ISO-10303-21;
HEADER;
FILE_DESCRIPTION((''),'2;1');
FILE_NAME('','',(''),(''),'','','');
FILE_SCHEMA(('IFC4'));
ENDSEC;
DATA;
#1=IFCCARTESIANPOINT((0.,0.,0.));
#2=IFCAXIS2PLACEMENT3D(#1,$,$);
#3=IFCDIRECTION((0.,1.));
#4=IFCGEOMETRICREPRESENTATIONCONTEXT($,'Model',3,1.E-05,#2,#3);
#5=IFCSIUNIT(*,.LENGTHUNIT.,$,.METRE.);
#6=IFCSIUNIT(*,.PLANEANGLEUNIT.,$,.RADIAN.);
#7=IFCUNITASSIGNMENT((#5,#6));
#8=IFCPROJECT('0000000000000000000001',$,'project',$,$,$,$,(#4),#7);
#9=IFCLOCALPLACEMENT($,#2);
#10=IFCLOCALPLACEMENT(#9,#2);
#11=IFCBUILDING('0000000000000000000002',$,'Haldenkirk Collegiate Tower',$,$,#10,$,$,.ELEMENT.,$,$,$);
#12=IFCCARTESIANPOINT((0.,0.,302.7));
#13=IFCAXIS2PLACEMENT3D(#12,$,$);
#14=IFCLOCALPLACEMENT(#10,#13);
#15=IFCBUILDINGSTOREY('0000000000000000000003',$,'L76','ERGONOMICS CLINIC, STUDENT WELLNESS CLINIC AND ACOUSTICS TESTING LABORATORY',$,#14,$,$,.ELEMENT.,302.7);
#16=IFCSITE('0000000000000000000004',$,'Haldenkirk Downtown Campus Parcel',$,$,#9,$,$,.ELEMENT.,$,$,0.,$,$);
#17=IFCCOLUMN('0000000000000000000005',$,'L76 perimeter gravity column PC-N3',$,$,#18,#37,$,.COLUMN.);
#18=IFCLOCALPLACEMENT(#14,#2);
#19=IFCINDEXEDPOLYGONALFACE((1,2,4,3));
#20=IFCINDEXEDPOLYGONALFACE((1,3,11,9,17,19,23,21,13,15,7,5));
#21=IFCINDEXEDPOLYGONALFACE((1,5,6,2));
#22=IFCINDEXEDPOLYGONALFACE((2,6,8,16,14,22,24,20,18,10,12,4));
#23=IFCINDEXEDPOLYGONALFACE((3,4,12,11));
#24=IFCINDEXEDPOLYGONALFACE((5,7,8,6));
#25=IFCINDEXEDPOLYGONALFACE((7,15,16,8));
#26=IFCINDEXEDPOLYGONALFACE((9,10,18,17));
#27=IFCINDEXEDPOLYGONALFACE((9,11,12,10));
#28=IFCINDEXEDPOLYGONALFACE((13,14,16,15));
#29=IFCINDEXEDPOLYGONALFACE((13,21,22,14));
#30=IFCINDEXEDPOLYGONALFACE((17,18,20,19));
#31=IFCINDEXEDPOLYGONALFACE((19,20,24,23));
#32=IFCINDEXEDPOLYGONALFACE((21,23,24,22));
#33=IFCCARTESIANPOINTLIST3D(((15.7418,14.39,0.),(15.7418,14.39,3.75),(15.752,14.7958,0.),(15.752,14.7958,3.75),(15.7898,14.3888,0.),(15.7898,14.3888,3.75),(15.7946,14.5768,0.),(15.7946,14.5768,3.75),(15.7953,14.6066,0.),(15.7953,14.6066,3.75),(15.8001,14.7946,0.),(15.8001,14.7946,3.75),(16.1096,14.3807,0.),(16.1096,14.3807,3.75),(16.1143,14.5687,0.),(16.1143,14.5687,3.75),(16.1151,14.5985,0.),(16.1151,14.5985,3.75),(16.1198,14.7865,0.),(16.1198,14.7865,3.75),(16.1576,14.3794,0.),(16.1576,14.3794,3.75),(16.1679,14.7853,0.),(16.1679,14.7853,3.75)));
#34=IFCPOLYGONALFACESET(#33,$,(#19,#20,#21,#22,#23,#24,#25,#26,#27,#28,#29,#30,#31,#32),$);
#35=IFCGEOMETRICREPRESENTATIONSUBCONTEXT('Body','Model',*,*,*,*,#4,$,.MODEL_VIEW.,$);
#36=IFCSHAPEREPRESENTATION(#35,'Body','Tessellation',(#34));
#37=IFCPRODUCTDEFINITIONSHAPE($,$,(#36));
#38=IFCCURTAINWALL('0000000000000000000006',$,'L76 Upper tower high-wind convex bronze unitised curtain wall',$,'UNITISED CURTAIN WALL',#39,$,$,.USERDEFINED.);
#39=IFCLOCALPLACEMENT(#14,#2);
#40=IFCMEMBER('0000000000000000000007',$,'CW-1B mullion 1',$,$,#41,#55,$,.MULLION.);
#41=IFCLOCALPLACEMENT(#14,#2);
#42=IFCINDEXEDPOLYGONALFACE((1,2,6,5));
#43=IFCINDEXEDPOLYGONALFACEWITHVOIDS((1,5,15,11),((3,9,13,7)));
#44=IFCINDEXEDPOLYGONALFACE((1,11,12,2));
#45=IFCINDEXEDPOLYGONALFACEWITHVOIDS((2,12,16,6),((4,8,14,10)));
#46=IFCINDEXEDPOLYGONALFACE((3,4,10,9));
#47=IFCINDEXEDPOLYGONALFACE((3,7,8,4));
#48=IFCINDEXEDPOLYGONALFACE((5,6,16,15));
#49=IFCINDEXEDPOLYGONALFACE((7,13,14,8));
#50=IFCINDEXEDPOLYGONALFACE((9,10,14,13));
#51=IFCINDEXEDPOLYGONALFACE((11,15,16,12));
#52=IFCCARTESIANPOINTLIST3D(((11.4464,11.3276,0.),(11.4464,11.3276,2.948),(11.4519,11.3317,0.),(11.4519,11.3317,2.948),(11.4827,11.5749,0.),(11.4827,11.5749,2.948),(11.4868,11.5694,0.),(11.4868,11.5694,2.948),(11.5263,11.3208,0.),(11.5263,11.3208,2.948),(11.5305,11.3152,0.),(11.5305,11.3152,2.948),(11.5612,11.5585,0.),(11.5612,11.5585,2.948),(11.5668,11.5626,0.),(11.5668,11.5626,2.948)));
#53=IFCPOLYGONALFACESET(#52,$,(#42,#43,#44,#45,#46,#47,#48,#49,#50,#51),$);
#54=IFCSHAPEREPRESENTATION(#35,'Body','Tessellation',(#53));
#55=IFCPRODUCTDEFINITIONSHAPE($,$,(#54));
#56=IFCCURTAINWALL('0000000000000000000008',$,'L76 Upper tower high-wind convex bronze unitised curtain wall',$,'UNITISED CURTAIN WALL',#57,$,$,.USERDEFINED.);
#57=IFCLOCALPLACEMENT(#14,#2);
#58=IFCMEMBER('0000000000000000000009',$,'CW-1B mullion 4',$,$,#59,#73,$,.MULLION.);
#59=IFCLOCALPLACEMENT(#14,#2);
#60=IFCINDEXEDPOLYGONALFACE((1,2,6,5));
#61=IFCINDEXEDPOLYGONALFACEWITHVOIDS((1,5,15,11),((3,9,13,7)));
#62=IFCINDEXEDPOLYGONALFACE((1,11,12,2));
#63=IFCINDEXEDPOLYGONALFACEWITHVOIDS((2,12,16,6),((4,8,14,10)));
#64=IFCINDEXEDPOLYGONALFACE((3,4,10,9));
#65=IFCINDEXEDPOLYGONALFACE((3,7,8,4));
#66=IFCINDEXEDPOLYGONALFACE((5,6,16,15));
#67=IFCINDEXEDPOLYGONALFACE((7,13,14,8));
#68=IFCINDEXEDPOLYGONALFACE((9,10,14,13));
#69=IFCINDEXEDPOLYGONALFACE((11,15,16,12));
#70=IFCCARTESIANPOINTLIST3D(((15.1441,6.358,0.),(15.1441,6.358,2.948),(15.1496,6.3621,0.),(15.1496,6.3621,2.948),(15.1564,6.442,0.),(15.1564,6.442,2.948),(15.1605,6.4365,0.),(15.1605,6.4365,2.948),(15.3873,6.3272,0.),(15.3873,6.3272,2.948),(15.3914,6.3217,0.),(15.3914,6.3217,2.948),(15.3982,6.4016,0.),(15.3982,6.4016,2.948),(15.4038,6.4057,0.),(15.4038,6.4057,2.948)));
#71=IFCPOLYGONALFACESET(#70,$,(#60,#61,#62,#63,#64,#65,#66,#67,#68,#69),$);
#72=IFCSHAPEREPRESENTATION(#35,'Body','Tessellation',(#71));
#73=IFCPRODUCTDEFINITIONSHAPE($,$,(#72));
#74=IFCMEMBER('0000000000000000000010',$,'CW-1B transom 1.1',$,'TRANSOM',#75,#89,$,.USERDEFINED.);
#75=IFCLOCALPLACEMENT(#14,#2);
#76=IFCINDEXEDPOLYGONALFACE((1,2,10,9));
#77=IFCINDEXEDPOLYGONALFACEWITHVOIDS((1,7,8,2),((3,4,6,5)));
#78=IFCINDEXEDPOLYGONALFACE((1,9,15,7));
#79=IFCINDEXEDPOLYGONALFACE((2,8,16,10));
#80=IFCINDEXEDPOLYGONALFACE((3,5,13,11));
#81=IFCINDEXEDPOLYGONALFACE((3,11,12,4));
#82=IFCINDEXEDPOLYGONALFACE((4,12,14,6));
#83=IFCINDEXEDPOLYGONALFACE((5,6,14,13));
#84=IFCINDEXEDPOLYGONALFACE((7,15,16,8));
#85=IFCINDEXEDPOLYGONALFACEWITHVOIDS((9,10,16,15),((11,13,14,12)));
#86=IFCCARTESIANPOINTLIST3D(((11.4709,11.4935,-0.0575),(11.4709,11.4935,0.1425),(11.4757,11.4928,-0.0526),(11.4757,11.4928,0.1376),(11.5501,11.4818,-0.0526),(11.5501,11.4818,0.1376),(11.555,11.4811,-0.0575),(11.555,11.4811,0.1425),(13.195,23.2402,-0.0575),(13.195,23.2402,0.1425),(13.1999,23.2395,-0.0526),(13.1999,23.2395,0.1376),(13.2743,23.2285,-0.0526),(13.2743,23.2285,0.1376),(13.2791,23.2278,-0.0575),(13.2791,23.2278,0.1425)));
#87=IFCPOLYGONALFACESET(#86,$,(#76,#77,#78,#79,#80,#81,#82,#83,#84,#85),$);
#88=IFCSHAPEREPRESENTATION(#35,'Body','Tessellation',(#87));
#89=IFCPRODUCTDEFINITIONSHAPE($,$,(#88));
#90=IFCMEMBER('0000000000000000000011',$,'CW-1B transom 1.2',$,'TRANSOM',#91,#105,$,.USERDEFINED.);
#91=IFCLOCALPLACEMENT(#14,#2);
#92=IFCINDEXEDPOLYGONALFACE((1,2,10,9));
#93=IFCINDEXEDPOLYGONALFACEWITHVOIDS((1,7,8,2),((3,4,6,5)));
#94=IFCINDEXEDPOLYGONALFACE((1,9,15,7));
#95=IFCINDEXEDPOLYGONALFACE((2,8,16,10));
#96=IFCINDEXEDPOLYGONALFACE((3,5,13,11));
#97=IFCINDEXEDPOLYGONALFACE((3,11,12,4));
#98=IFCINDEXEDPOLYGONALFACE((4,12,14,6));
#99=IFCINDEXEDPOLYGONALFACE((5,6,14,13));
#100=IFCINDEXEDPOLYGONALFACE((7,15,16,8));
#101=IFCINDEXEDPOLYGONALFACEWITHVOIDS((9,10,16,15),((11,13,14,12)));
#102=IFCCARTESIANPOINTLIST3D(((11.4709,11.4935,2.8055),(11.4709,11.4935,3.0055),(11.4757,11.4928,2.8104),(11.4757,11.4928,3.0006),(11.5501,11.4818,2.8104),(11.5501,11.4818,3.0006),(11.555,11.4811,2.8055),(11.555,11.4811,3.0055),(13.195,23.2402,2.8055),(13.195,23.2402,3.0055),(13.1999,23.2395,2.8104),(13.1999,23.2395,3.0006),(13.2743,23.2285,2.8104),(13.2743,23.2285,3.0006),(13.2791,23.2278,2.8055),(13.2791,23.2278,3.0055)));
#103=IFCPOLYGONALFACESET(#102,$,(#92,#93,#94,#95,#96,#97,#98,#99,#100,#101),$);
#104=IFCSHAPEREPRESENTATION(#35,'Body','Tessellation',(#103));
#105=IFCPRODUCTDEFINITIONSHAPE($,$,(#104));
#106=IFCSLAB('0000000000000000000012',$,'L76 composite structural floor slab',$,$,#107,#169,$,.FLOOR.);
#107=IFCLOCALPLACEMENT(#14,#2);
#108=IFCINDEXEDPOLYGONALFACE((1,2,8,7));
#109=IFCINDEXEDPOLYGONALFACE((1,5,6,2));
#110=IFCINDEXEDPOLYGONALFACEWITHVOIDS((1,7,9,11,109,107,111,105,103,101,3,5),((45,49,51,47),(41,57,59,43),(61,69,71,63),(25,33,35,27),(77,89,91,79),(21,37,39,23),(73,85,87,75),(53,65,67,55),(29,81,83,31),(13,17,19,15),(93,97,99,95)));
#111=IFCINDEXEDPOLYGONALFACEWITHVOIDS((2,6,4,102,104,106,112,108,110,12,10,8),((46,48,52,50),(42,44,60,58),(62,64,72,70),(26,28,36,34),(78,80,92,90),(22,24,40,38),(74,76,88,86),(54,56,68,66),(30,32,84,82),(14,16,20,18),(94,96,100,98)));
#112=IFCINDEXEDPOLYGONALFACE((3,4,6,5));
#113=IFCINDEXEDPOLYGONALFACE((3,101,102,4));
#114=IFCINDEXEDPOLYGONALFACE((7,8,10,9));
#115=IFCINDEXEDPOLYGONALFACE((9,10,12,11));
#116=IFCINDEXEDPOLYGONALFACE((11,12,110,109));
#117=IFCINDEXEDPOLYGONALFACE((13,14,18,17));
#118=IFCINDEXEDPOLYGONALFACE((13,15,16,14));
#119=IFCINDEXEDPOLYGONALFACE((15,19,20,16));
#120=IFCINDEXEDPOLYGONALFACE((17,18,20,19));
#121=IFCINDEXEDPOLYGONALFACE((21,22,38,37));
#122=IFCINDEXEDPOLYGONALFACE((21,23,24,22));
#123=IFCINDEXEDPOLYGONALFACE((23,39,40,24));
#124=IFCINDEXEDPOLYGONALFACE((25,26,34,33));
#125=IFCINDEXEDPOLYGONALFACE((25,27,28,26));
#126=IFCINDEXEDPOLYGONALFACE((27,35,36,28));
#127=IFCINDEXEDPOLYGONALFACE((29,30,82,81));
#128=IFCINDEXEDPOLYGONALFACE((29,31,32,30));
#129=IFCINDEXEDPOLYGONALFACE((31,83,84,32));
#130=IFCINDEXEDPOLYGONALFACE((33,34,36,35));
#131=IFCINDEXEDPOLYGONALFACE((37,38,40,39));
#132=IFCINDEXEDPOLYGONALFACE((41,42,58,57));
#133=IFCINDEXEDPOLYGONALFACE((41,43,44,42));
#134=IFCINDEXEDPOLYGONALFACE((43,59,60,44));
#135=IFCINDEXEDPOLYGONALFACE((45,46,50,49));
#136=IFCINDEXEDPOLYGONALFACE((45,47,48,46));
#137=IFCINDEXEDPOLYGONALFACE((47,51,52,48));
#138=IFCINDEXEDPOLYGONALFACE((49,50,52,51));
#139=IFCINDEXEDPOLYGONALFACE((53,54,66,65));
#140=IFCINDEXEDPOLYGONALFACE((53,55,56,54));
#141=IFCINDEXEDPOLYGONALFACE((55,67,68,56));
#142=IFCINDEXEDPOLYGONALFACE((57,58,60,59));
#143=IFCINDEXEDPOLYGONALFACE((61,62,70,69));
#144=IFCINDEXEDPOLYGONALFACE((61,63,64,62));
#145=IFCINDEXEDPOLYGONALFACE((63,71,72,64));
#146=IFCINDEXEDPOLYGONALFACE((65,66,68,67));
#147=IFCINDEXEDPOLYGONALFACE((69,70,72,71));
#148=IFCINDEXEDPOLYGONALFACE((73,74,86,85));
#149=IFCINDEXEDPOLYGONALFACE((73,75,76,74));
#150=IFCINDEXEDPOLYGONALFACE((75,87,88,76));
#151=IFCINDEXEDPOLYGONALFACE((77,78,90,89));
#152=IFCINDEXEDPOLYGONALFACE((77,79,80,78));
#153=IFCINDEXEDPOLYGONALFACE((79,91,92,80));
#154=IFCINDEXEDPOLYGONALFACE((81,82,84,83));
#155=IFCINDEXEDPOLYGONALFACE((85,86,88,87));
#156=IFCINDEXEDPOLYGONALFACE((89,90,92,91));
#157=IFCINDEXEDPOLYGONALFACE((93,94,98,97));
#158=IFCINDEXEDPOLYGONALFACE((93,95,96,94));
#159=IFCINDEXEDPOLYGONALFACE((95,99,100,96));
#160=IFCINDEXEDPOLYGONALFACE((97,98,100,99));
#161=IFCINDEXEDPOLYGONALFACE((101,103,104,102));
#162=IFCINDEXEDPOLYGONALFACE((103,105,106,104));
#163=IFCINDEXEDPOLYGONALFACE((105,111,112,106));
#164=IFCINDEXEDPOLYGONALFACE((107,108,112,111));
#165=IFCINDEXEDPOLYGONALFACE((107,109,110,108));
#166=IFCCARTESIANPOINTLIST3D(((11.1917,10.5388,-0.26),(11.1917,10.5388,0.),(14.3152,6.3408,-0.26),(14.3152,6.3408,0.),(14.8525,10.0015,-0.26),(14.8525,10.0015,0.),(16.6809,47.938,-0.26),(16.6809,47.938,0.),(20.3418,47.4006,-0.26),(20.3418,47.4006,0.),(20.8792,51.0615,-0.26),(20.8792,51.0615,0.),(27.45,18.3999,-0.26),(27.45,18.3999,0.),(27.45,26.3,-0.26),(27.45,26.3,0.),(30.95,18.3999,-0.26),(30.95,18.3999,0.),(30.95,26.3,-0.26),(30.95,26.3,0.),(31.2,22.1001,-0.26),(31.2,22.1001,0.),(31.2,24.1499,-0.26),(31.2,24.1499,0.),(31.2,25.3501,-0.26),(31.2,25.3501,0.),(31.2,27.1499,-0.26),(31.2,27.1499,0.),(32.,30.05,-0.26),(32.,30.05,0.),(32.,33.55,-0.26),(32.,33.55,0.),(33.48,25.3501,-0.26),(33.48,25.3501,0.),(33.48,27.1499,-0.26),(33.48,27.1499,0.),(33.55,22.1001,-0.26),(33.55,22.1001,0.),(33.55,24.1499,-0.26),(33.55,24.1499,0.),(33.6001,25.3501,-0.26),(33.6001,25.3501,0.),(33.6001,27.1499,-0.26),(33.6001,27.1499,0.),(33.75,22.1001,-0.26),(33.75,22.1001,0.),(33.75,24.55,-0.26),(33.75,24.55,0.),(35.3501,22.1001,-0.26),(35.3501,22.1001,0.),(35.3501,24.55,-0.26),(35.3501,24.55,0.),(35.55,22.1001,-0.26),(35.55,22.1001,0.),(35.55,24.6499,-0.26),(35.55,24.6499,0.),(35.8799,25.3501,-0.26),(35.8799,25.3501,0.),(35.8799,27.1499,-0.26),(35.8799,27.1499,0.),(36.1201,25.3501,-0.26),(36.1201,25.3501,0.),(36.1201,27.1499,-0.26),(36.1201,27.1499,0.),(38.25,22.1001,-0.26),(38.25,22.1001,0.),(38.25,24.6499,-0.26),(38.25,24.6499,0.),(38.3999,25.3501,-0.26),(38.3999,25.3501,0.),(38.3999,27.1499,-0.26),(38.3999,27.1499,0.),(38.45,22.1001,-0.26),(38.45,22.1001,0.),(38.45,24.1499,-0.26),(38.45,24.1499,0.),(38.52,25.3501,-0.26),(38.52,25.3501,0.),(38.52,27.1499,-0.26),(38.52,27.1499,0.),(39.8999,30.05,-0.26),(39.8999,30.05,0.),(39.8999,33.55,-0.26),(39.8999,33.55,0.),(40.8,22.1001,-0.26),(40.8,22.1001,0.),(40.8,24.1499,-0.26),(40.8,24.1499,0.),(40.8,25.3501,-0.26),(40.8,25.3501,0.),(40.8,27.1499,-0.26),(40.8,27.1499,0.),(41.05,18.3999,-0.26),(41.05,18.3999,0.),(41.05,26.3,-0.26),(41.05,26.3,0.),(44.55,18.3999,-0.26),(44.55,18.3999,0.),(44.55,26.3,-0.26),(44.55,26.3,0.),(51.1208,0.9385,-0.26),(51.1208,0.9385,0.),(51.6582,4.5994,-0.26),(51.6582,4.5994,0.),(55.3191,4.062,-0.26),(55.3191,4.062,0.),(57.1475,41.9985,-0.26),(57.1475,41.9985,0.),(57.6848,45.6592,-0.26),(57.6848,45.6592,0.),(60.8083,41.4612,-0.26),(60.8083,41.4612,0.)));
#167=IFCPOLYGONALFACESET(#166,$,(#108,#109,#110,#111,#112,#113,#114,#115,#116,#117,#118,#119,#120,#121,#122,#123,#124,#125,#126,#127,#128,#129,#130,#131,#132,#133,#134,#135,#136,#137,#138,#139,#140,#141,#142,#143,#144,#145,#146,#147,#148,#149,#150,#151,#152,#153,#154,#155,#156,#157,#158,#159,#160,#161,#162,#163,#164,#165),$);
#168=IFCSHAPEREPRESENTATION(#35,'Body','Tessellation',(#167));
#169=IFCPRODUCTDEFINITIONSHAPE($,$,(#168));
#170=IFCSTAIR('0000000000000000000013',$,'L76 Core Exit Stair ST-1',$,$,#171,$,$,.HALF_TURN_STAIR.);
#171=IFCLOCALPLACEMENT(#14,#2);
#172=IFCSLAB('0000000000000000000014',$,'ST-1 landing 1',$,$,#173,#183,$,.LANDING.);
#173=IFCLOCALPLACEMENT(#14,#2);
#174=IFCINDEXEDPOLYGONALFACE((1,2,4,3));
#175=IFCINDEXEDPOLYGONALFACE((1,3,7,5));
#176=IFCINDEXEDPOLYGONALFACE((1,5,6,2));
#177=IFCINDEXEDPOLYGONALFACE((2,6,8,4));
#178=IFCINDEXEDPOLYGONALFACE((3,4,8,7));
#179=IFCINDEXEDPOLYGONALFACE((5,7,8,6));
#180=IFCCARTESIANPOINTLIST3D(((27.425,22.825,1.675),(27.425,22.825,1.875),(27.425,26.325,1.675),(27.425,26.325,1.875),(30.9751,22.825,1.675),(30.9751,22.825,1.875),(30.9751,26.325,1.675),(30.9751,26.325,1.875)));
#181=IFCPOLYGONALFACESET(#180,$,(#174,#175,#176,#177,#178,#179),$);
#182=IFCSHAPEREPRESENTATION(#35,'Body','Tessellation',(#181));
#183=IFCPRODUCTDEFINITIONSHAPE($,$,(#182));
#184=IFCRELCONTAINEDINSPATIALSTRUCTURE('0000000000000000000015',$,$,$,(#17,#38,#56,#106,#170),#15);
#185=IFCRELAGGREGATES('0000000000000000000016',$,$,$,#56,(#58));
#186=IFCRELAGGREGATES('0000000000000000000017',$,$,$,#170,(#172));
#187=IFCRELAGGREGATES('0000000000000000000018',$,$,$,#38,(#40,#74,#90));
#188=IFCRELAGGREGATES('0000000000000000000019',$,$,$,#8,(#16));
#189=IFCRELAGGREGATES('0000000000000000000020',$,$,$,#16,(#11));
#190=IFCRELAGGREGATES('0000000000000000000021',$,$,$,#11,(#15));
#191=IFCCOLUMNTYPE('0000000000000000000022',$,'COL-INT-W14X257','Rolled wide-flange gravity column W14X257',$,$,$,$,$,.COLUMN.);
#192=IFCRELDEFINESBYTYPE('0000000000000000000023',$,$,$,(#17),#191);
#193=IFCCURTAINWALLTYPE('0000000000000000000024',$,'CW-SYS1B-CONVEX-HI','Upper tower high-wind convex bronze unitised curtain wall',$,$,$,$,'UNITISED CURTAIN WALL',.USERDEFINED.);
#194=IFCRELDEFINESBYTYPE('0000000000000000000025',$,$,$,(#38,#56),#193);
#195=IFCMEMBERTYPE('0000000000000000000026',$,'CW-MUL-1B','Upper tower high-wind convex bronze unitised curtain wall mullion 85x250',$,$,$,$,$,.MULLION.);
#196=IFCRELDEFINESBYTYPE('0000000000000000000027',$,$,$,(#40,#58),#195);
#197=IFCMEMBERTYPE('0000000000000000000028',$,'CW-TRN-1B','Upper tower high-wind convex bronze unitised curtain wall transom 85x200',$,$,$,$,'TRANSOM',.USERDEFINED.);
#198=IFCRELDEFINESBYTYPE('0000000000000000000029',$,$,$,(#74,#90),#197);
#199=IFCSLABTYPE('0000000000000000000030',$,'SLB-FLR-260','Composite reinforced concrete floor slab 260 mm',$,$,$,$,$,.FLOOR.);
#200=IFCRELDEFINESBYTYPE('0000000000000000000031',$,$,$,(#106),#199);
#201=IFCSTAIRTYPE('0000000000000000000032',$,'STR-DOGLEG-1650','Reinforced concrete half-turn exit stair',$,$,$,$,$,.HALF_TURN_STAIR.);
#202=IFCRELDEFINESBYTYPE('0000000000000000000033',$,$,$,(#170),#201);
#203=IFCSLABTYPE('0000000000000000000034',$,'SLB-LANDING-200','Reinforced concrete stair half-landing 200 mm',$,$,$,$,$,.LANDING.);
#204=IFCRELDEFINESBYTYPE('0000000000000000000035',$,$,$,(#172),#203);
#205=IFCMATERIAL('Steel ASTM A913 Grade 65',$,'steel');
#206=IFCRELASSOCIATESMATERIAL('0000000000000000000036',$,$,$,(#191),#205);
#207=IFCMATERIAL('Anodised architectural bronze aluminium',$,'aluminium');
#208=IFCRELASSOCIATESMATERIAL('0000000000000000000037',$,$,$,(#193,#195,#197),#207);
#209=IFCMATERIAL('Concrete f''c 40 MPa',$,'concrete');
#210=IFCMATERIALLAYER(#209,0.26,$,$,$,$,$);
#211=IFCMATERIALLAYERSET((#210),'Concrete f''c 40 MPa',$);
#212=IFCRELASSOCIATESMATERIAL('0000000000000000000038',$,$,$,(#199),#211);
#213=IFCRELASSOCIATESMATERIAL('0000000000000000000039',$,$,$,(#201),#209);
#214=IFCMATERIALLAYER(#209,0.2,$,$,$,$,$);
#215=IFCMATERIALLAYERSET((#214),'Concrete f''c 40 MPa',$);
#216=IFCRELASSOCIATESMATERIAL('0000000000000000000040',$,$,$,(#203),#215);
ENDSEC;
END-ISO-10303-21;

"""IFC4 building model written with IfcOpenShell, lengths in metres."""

from ifc_helpers import new_model, si_unit, direction, frame, origin, origin_2d, place, context, subcontext, project, spatial, polyline, hollow_rectangle, i_section, outline, extrude, material, layer, layer_set, material_profile, profile_set, type_object, element, aggregate, save


model = new_model("IFC4")

# Units and contexts
model_context = context("Model", 3, precision=1e-05, world=origin(), true_north=direction((0.0, 1.0)))
body_context = subcontext(model_context, "Body", "Model", "MODEL_VIEW")
ifc_project = project(units=[si_unit("LENGTHUNIT", "METRE"), si_unit("PLANEANGLEUNIT", "RADIAN")], contexts=[model_context])

# Site, building, storey
site_placement = place(None, origin())
site = spatial("IfcSite", under=ifc_project, at=site_placement, Name="Haldenkirk Downtown Campus Parcel", CompositionType="ELEMENT", RefElevation=0.0)
building_placement = place(site_placement, origin())
building = spatial("IfcBuilding", under=site, at=building_placement, Name="Haldenkirk Collegiate Tower", CompositionType="ELEMENT")
storey_placement = place(building_placement, frame((0.0, 0.0, 302.7)))
storey = spatial("IfcBuildingStorey", under=building, at=storey_placement, Name="L76", Description="ERGONOMICS CLINIC, STUDENT WELLNESS CLINIC AND ACOUSTICS TESTING LABORATORY", CompositionType="ELEMENT", Elevation=302.7)

# Column
ifc_material_1 = material(Name="Steel ASTM A913 Grade 65", Category="steel")
ifc_material_profile_1 = material_profile(ifc_material_1, i_section(OverallWidth=0.406, OverallDepth=0.416, WebThickness=0.0298, FlangeThickness=0.0481, at=origin_2d()), Name="W14X257")
ifc_profile_set_1 = profile_set([ifc_material_profile_1], Name="Steel ASTM A913 Grade 65")
column_type = type_object("IfcColumnType", Name="COL-INT-W14X257", Description="Rolled wide-flange gravity column W14X257", PredefinedType="COLUMN", material=ifc_profile_set_1)
column_placement = place(storey_placement, frame((15.9548, 14.5876, 0.0), z_axis=(0.0, 0.0, 1.0), x_axis=(0.025305, 0.99968, 0.0)))
element("IfcColumn", 1, at=column_placement, inside=storey, type_object=column_type, Name="L76 perimeter gravity column PC-N3", PredefinedType="COLUMN", context=body_context, shape_type="SweptSolid", body=[
    extrude(i_section(OverallWidth=0.406, OverallDepth=0.416, WebThickness=0.0298, FlangeThickness=0.0481, at=origin_2d()), origin(), (0.0, 0.0, 1.0), 3.75),
])

# Curtain walls, members
ifc_material_2 = material(Name="Anodised architectural bronze aluminium", Category="aluminium")
curtain_wall_type = type_object("IfcCurtainWallType", Name="CW-SYS1B-CONVEX-HI", Description="Upper tower high-wind convex bronze unitised curtain wall", ElementType="UNITISED CURTAIN WALL", PredefinedType="USERDEFINED", material=ifc_material_2)
curtain_wall_1_placement = place(storey_placement, origin())
curtain_wall_1 = element("IfcCurtainWall", 2, at=curtain_wall_1_placement, inside=storey, type_object=curtain_wall_type, Name="L76 Upper tower high-wind convex bronze unitised curtain wall", ObjectType="UNITISED CURTAIN WALL", PredefinedType="USERDEFINED")
ifc_material_profile_2 = material_profile(ifc_material_2, hollow_rectangle(XDim=0.085, YDim=0.25, WallThickness=0.0049, at=origin_2d()), Name="CW-MUL-1B")
ifc_profile_set_2 = profile_set([ifc_material_profile_2], Name="Anodised architectural bronze aluminium")
member_type_1 = type_object("IfcMemberType", Name="CW-MUL-1B", Description="Upper tower high-wind convex bronze unitised curtain wall mullion 85x250", PredefinedType="MULLION", material=ifc_profile_set_2)
member_1_placement = place(storey_placement, frame((11.5066, 11.4451, 0.0), z_axis=(0.0, 0.0, 1.0), x_axis=(-0.989399, 0.14522, 0.0)))
member_1 = element("IfcMember", 3, at=member_1_placement, type_object=member_type_1, Name="CW-1B mullion 1", PredefinedType="MULLION", context=body_context, shape_type="SweptSolid", body=[
    extrude(hollow_rectangle(XDim=0.085, YDim=0.25, WallThickness=0.0049, at=origin_2d()), origin(), (0.0, 0.0, 1.0), 2.948),
])
curtain_wall_2_placement = place(storey_placement, origin())
curtain_wall_2 = element("IfcCurtainWall", 4, at=curtain_wall_2_placement, inside=storey, type_object=curtain_wall_type, Name="L76 Upper tower high-wind convex bronze unitised curtain wall", ObjectType="UNITISED CURTAIN WALL", PredefinedType="USERDEFINED")
member_2_placement = place(storey_placement, frame((15.2739, 6.3818, 0.0), z_axis=(0.0, 0.0, 1.0), x_axis=(-0.14522, -0.989399, 0.0)))
member_2 = element("IfcMember", 5, at=member_2_placement, type_object=member_type_1, Name="CW-1B mullion 4", PredefinedType="MULLION", context=body_context, shape_type="SweptSolid", body=[
    extrude(hollow_rectangle(XDim=0.085, YDim=0.25, WallThickness=0.0049, at=origin_2d()), origin(), (0.0, 0.0, 1.0), 2.948),
])
aggregate(curtain_wall_2, [member_2])

# Members
ifc_material_profile_3 = material_profile(ifc_material_2, hollow_rectangle(XDim=0.085, YDim=0.2, WallThickness=0.0049, at=origin_2d()), Name="CW-TRN-1B")
ifc_profile_set_3 = profile_set([ifc_material_profile_3], Name="Anodised architectural bronze aluminium")
member_type_2 = type_object("IfcMemberType", Name="CW-TRN-1B", Description="Upper tower high-wind convex bronze unitised curtain wall transom 85x200", ElementType="TRANSOM", PredefinedType="USERDEFINED", material=ifc_profile_set_3)
member_3_placement = place(storey_placement, frame((11.5129, 11.4873, 0.0425), z_axis=(0.14522, 0.989399, 0.0), x_axis=(-0.989399, 0.14522, 0.0)))
member_3 = element("IfcMember", 6, at=member_3_placement, type_object=member_type_2, Name="CW-1B transom 1.1", ObjectType="TRANSOM", PredefinedType="USERDEFINED", context=body_context, shape_type="SweptSolid", body=[
    extrude(hollow_rectangle(XDim=0.085, YDim=0.2, WallThickness=0.0049, at=origin_2d()), origin(), (0.0, 0.0, 1.0), 11.8726),
])
member_4_placement = place(storey_placement, frame((11.5129, 11.4873, 2.9055), z_axis=(0.14522, 0.989399, 0.0), x_axis=(-0.989399, 0.14522, 0.0)))
member_4 = element("IfcMember", 7, at=member_4_placement, type_object=member_type_2, Name="CW-1B transom 1.2", ObjectType="TRANSOM", PredefinedType="USERDEFINED", context=body_context, shape_type="SweptSolid", body=[
    extrude(hollow_rectangle(XDim=0.085, YDim=0.2, WallThickness=0.0049, at=origin_2d()), origin(), (0.0, 0.0, 1.0), 11.8726),
])

# Slab
ifc_material_3 = material(Name="Concrete f'c 40 MPa", Category="concrete")
ifc_layer_1 = layer(ifc_material_3, 0.26)
ifc_layer_set_1 = layer_set([ifc_layer_1], Name="Concrete f'c 40 MPa")
slab_type_1 = type_object("IfcSlabType", Name="SLB-FLR-260", Description="Composite reinforced concrete floor slab 260 mm", PredefinedType="FLOOR", material=ifc_layer_set_1)
slab_1_placement = place(storey_placement, frame((0.0, 0.0, -0.26)))
element("IfcSlab", 8, at=slab_1_placement, inside=storey, type_object=slab_type_1, Name="L76 composite structural floor slab", PredefinedType="FLOOR", context=body_context, shape_type="SweptSolid", body=[
    extrude(outline(polyline([(55.3191, 4.062), (60.8083, 41.4612), (57.1475, 41.9985), (57.6848, 45.6592), (20.8792, 51.0615), (20.3418, 47.4006), (16.6809, 47.938), (11.1917, 10.5388), (14.8525, 10.0015), (14.3152, 6.3408), (51.1208, 0.9385), (51.6582, 4.5994), (55.3191, 4.062)]), holes=[polyline([(27.45, 18.3999), (30.95, 18.3999), (30.95, 26.3), (27.45, 26.3), (27.45, 18.3999)]), polyline([(41.05, 18.3999), (44.55, 18.3999), (44.55, 26.3), (41.05, 26.3), (41.05, 18.3999)]), polyline([(32.0, 30.05), (39.8999, 30.05), (39.8999, 33.55), (32.0, 33.55), (32.0, 30.05)]), polyline([(33.75, 22.1001), (35.3501, 22.1001), (35.3501, 24.55), (33.75, 24.55), (33.75, 22.1001)]), polyline([(31.2, 25.3501), (33.48, 25.3501), (33.48, 27.1499), (31.2, 27.1499), (31.2, 25.3501)]), polyline([(33.6001, 25.3501), (35.8799, 25.3501), (35.8799, 27.1499), (33.6001, 27.1499), (33.6001, 25.3501)]), polyline([(36.1201, 25.3501), (38.3999, 25.3501), (38.3999, 27.1499), (36.1201, 27.1499), (36.1201, 25.3501)]), polyline([(38.52, 25.3501), (40.8, 25.3501), (40.8, 27.1499), (38.52, 27.1499), (38.52, 25.3501)]), polyline([(31.2, 22.1001), (33.55, 22.1001), (33.55, 24.1499), (31.2, 24.1499), (31.2, 22.1001)]), polyline([(38.45, 22.1001), (40.8, 22.1001), (40.8, 24.1499), (38.45, 24.1499), (38.45, 22.1001)]), polyline([(35.55, 22.1001), (38.25, 22.1001), (38.25, 24.6499), (35.55, 24.6499), (35.55, 22.1001)])]), origin(), (0.0, 0.0, 1.0), 0.26),
])

# Stair, slab
stair_type = type_object("IfcStairType", Name="STR-DOGLEG-1650", Description="Reinforced concrete half-turn exit stair", PredefinedType="HALF_TURN_STAIR", material=ifc_material_3)
stair_1_placement = place(storey_placement, origin())
stair_1 = element("IfcStair", 9, at=stair_1_placement, inside=storey, type_object=stair_type, Name="L76 Core Exit Stair ST-1", PredefinedType="HALF_TURN_STAIR")
ifc_layer_2 = layer(ifc_material_3, 0.2)
ifc_layer_set_2 = layer_set([ifc_layer_2], Name="Concrete f'c 40 MPa")
slab_type_2 = type_object("IfcSlabType", Name="SLB-LANDING-200", Description="Reinforced concrete stair half-landing 200 mm", PredefinedType="LANDING", material=ifc_layer_set_2)
slab_2_placement = place(storey_placement, frame((0.0, 0.0, 1.675)))
slab_2 = element("IfcSlab", 10, at=slab_2_placement, type_object=slab_type_2, Name="ST-1 landing 1", PredefinedType="LANDING", context=body_context, shape_type="SweptSolid", body=[
    extrude(outline(polyline([(30.9751, 22.825), (27.425, 22.825), (27.425, 26.325), (30.9751, 26.325), (30.9751, 22.825)])), origin(), (0.0, 0.0, 1.0), 0.2),
])
aggregate(stair_1, [slab_2])

aggregate(curtain_wall_1, [member_1, member_3, member_4])

save(model, "model.ifc")
